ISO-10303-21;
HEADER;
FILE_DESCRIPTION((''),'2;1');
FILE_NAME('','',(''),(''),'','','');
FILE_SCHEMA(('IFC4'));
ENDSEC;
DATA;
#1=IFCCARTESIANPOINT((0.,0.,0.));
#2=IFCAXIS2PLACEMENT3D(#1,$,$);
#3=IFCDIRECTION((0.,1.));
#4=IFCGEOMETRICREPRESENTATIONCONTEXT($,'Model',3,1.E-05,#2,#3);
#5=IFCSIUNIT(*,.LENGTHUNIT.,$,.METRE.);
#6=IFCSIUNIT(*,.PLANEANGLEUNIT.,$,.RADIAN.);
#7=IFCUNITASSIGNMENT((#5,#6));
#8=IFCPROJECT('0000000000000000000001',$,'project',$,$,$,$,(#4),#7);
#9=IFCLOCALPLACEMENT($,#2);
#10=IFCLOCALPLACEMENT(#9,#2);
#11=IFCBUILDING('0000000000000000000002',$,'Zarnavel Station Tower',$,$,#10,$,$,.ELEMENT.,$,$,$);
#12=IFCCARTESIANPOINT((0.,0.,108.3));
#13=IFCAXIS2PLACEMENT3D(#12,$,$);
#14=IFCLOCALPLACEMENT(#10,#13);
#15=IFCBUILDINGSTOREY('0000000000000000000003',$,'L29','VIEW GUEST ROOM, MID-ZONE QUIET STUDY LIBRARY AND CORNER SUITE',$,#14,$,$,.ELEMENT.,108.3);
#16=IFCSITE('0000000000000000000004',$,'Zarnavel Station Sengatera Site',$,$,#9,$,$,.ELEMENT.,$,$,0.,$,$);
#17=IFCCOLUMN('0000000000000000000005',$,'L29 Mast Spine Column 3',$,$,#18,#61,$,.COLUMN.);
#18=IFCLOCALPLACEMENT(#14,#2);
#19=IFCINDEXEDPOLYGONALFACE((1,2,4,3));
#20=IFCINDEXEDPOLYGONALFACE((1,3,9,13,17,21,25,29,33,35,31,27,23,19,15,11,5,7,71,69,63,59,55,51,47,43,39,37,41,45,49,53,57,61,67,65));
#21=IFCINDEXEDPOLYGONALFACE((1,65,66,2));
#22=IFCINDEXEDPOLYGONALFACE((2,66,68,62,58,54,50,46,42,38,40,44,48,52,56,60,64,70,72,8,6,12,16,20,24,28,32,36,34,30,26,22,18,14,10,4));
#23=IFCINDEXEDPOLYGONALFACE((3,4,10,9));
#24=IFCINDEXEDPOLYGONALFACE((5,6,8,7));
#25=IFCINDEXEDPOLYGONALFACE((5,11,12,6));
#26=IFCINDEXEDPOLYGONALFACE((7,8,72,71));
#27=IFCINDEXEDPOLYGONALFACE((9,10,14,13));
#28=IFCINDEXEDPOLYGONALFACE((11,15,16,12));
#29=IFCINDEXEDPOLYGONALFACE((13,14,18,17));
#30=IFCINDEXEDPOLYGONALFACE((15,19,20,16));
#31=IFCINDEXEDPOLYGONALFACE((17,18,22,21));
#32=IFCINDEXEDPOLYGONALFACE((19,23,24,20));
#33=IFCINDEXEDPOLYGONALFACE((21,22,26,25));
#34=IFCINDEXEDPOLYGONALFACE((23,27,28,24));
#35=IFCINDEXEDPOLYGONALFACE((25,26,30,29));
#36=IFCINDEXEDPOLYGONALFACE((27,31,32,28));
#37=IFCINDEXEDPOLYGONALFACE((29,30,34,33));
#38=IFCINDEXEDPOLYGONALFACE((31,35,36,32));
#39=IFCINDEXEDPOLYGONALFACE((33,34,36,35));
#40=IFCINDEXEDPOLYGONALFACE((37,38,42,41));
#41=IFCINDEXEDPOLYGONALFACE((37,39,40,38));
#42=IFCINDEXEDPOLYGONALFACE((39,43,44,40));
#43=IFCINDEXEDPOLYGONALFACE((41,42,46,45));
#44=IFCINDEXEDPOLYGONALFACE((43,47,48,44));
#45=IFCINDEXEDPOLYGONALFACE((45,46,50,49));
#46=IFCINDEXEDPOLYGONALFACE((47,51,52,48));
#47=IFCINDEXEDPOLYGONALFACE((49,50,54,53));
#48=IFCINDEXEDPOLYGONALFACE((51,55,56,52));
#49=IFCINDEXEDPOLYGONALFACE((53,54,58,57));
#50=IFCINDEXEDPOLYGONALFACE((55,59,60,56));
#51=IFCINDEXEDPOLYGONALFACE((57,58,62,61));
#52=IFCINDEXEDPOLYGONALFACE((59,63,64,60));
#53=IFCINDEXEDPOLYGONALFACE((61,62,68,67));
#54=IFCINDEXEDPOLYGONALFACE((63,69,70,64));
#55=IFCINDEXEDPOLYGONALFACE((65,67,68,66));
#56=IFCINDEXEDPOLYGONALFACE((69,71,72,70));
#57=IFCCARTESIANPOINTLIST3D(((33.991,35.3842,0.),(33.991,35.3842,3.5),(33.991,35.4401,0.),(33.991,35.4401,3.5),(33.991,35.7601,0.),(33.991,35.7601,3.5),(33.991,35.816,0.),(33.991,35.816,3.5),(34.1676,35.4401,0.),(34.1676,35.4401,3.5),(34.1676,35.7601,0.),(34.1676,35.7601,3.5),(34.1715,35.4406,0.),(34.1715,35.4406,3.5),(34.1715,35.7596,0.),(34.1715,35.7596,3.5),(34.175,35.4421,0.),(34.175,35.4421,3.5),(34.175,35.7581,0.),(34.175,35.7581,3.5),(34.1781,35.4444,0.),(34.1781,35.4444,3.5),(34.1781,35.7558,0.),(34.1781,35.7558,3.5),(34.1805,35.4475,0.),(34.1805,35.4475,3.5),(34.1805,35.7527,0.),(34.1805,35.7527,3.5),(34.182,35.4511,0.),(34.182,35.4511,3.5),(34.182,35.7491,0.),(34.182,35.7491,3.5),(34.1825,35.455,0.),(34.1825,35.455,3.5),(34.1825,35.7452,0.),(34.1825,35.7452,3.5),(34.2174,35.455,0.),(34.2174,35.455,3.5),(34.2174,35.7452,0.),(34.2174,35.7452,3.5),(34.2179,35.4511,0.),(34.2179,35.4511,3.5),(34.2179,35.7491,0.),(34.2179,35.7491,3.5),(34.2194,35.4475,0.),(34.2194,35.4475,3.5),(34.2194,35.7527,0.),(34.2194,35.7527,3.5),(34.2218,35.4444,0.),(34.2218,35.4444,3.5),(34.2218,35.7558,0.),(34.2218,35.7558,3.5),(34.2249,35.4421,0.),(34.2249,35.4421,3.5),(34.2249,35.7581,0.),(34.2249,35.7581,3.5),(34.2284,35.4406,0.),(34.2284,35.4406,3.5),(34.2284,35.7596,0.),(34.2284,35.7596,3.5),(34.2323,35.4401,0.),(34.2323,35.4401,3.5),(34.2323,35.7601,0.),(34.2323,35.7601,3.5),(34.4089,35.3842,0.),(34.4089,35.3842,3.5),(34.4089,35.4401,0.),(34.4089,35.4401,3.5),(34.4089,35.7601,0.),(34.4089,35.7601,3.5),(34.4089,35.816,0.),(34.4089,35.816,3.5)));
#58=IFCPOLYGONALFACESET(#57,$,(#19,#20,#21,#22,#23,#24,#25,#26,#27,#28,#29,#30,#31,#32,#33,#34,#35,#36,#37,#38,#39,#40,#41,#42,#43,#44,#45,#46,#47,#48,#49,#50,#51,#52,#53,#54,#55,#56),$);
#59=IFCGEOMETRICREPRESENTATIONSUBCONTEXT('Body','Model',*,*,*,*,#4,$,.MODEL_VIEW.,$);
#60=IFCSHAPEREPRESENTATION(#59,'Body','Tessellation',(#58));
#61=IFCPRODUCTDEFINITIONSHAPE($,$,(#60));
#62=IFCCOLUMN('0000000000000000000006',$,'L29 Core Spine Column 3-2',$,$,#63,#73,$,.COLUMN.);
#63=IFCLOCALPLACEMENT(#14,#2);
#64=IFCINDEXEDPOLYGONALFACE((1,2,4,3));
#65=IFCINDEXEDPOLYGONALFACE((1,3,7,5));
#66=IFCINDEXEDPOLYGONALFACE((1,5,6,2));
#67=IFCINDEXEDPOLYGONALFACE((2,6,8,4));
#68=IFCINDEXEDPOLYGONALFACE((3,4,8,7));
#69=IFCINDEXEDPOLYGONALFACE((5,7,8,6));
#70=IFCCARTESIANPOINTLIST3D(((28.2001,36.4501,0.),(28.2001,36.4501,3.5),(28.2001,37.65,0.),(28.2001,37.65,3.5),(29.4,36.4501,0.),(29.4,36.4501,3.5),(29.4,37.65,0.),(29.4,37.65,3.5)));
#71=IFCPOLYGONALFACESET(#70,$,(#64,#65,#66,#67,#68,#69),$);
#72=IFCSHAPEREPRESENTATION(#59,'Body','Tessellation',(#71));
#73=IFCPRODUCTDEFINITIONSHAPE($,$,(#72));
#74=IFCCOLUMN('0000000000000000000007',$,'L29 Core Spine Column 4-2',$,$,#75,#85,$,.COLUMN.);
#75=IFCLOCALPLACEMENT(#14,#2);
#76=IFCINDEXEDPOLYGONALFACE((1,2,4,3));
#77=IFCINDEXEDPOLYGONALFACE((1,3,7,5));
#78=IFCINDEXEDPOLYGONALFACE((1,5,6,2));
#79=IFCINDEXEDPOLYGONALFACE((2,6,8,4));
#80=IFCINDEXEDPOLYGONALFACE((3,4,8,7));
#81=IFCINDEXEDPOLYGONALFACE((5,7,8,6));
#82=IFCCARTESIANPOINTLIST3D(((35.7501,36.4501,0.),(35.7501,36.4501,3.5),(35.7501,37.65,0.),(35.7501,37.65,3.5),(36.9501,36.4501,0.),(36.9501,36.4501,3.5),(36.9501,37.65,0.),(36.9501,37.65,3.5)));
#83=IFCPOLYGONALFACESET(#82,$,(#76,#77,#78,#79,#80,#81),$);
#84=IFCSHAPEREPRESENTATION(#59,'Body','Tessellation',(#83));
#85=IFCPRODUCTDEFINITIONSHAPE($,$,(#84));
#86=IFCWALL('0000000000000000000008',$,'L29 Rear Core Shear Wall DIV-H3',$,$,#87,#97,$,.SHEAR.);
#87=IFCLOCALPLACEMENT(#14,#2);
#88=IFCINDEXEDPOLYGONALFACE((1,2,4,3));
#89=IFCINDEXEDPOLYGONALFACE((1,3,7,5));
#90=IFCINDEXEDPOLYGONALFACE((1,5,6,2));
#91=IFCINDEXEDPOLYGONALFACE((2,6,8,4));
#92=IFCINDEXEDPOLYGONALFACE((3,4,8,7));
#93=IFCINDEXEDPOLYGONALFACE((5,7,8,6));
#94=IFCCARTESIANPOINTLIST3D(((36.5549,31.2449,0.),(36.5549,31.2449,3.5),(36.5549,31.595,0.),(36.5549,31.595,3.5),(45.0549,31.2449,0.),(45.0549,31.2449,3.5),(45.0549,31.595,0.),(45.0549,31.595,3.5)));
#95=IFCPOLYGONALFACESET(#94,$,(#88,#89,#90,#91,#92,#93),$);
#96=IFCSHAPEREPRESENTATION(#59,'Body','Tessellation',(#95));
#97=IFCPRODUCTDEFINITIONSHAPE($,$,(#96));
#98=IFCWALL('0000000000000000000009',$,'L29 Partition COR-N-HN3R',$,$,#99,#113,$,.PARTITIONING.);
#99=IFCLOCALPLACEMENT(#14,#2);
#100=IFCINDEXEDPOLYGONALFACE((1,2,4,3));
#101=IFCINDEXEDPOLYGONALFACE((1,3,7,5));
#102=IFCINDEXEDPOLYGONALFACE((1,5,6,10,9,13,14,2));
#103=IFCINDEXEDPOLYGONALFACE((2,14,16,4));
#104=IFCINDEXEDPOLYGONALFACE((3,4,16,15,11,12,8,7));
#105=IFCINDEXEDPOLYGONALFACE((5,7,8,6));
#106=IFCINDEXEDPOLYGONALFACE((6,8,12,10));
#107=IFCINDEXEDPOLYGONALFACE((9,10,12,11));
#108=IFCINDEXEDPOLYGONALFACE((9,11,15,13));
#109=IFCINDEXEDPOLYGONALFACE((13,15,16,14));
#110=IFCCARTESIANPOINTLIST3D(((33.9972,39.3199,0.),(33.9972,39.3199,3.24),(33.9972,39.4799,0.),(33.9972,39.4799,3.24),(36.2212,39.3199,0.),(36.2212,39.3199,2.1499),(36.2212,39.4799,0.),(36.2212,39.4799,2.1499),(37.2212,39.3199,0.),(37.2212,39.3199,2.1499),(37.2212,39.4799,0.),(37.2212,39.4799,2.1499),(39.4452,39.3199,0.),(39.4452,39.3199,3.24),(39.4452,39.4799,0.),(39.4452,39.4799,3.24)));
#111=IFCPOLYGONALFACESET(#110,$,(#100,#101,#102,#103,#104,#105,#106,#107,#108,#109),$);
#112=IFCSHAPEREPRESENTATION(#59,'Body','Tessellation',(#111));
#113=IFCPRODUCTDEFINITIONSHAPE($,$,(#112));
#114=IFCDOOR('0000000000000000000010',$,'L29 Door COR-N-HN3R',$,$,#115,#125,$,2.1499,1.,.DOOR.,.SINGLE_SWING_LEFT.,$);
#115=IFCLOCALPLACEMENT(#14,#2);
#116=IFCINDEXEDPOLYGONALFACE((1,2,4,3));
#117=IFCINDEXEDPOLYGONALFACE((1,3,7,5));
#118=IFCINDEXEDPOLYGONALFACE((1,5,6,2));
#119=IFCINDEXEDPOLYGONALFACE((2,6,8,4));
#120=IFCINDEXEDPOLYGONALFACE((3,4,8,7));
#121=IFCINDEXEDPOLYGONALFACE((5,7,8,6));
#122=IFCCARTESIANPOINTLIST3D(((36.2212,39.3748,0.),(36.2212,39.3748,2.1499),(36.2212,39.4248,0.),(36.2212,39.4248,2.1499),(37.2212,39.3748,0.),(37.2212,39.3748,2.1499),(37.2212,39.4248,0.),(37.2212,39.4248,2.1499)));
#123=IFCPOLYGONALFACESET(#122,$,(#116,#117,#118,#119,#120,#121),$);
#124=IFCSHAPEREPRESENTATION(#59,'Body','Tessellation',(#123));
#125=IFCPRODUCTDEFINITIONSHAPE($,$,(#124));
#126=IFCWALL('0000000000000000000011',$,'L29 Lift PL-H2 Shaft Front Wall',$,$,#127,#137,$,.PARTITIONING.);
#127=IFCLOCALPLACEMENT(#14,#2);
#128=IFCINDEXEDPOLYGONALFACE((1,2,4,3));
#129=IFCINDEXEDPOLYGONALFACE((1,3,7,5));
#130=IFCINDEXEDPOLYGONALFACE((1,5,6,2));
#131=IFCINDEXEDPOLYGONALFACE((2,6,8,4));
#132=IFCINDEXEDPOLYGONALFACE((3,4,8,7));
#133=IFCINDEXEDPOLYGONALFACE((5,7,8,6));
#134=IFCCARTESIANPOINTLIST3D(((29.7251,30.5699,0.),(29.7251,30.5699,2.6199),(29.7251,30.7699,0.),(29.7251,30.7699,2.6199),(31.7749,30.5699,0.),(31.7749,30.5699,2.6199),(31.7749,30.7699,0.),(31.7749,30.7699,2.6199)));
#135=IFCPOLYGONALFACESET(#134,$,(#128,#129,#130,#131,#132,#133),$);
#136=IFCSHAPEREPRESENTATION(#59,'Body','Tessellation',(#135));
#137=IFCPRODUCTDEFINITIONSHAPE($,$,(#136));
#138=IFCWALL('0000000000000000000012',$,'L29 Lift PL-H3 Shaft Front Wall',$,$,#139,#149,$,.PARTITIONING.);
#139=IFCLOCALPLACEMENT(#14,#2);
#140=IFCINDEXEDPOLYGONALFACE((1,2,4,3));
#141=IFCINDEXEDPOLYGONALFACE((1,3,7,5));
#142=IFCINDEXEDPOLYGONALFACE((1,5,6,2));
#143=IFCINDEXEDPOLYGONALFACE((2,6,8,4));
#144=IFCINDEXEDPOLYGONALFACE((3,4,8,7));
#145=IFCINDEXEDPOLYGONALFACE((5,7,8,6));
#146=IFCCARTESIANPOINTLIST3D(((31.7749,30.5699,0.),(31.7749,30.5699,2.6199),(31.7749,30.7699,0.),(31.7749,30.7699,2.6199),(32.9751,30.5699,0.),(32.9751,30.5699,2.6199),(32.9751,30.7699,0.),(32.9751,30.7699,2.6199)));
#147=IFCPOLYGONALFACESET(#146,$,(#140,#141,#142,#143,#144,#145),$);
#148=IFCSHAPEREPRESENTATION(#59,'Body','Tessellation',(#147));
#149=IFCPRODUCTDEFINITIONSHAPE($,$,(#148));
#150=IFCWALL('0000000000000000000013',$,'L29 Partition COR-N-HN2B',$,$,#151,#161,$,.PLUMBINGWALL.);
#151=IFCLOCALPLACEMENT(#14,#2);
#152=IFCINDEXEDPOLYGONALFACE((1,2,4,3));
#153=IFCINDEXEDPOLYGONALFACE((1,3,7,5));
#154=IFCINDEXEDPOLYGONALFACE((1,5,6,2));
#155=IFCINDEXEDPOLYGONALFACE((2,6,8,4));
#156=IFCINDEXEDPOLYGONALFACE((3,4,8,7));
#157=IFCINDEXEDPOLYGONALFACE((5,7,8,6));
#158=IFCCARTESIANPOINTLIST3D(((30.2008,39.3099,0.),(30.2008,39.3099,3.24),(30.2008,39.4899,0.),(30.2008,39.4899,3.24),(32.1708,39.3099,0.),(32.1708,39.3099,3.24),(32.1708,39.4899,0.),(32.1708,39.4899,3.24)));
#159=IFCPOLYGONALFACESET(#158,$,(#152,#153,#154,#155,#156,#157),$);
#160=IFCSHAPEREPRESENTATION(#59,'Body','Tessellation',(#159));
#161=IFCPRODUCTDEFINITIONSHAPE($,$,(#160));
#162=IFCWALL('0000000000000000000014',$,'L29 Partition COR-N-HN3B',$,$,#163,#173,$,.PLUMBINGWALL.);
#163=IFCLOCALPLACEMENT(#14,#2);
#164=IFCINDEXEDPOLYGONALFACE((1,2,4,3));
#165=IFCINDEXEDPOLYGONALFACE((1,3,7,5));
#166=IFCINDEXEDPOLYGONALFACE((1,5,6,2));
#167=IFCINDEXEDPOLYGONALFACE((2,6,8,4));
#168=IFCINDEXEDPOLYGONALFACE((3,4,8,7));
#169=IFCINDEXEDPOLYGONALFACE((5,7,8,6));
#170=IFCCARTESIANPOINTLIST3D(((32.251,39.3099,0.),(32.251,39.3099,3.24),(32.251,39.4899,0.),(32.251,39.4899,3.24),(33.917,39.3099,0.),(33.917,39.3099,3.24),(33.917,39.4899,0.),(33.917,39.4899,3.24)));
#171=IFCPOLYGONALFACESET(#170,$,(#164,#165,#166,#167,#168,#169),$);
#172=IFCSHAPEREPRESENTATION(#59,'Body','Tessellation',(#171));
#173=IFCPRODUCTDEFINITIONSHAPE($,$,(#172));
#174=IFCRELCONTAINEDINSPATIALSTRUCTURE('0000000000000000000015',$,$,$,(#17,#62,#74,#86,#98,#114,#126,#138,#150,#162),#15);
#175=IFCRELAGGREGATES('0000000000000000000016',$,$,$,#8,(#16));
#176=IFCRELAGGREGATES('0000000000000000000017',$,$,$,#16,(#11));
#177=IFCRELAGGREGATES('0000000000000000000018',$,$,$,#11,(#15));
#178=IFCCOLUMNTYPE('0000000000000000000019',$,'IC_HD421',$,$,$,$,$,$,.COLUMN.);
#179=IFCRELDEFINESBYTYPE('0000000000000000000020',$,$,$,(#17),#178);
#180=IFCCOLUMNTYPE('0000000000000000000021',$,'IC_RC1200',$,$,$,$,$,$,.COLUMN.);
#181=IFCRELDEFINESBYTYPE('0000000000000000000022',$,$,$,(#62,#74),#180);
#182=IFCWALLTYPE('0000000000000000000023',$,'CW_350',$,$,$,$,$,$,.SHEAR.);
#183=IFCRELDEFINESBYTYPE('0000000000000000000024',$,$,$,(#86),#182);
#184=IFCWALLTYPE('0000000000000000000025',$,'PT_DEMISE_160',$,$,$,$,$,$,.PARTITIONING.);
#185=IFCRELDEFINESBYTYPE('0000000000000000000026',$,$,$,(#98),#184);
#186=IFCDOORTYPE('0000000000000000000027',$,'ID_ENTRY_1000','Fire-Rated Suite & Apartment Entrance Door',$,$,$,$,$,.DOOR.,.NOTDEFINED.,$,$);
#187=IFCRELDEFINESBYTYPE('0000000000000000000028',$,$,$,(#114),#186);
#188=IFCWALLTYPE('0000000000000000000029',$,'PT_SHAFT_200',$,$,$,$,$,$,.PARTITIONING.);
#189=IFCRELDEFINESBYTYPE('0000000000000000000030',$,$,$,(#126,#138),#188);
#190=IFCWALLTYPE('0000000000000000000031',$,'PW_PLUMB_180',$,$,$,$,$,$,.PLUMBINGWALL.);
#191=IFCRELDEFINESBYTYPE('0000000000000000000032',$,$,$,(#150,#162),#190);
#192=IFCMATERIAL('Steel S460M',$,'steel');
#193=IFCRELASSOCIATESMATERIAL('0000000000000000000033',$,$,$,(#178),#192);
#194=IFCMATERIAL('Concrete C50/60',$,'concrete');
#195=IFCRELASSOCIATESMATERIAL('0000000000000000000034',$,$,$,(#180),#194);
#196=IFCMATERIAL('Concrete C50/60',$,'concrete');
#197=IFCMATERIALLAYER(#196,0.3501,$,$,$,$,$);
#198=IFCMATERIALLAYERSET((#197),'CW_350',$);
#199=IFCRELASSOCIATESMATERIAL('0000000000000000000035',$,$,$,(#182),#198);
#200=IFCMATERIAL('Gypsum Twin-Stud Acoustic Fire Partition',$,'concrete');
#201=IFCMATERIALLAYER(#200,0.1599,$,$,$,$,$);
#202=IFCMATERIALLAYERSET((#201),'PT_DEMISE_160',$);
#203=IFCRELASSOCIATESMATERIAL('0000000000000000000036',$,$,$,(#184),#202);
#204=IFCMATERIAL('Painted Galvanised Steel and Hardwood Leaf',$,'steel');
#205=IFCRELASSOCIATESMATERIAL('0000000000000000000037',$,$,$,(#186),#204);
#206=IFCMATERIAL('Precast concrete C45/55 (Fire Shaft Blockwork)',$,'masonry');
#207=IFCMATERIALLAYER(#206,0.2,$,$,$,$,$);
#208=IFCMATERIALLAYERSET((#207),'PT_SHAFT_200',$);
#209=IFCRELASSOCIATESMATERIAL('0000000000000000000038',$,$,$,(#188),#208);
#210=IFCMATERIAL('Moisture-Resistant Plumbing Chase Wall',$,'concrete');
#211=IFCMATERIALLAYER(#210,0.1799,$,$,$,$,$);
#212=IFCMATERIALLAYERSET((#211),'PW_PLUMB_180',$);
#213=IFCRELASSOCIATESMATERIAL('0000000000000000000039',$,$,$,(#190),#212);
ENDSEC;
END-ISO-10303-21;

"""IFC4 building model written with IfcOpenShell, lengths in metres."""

from ifc_helpers import new_model, si_unit, direction, frame, frame_2d, origin, origin_2d, place, context, subcontext, project, spatial, rectangle, i_section, extrude, material, layer, layer_set, material_profile, profile_set, type_object, element, fill, save


model = new_model("IFC4")

# Units and contexts
model_context = context("Model", 3, precision=1e-05, world=origin(), true_north=direction((0.0, 1.0)))
body_context = subcontext(model_context, "Body", "Model", "MODEL_VIEW")
ifc_project = project(units=[si_unit("LENGTHUNIT", "METRE"), si_unit("PLANEANGLEUNIT", "RADIAN")], contexts=[model_context])

# Site, building, storey
site_placement = place(None, origin())
site = spatial("IfcSite", under=ifc_project, at=site_placement, Name="Zarnavel Station Sengatera Site", CompositionType="ELEMENT", RefElevation=0.0)
building_placement = place(site_placement, origin())
building = spatial("IfcBuilding", under=site, at=building_placement, Name="Zarnavel Station Tower", CompositionType="ELEMENT")
storey_placement = place(building_placement, frame((0.0, 0.0, 108.3)))
storey = spatial("IfcBuildingStorey", under=building, at=storey_placement, Name="L29", Description="VIEW GUEST ROOM, MID-ZONE QUIET STUDY LIBRARY AND CORNER SUITE", CompositionType="ELEMENT", Elevation=108.3)

# Columns
ifc_material_1 = material(Name="Steel S460M", Category="steel")
ifc_material_profile_1 = material_profile(ifc_material_1, i_section(OverallWidth=0.418, OverallDepth=0.4319, WebThickness=0.0349, FlangeThickness=0.0559, FilletRadius=0.0149, at=origin_2d()), Name="HD400x421")
ifc_profile_set_1 = profile_set([ifc_material_profile_1], Name="Steel S460M")
column_type_1 = type_object("IfcColumnType", Name="IC_HD421", PredefinedType="COLUMN", material=ifc_profile_set_1)
column_placement = place(storey_placement, frame((34.2, 35.6001, 0.0), z_axis=(0.0, 0.0, 1.0), x_axis=(1.0, 0.0, 0.0)))
element("IfcColumn", 1, at=column_placement, inside=storey, type_object=column_type_1, Name="L29 Mast Spine Column 3", PredefinedType="COLUMN", context=body_context, shape_type="SweptSolid", body=[
    extrude(i_section(OverallWidth=0.418, OverallDepth=0.4319, WebThickness=0.0349, FlangeThickness=0.0559, FilletRadius=0.0149, at=origin_2d()), origin(), (0.0, 0.0, 1.0), 3.5),
])
ifc_material_2 = material(Name="Concrete C50/60", Category="concrete")
ifc_material_profile_2 = material_profile(ifc_material_2, rectangle(XDim=1.2, YDim=1.2, at=origin_2d()), Name="RC1200x1200")
ifc_profile_set_2 = profile_set([ifc_material_profile_2], Name="Concrete C50/60")
column_type_2 = type_object("IfcColumnType", Name="IC_RC1200", PredefinedType="COLUMN", material=ifc_profile_set_2)
for number, where, z_axis, x_axis, name in (
    (2, (28.8, 37.05, 0.0), (0.0, 0.0, 1.0), (1.0, 0.0, 0.0), "L29 Core Spine Column 3-2"),
    (3, (36.3501, 37.05, 0.0), (0.0, 0.0, 1.0), (1.0, 0.0, 0.0), "L29 Core Spine Column 4-2"),
):
    element("IfcColumn", number, at=place(storey_placement, frame(where, z_axis=z_axis, x_axis=x_axis)), inside=storey, type_object=column_type_2, Name=name, PredefinedType="COLUMN", context=body_context, shape_type="SweptSolid", body=[
        extrude(rectangle(XDim=1.2, YDim=1.2, at=origin_2d()), origin(), (0.0, 0.0, 1.0), 3.5),
    ])

# Wall
ifc_material_3 = material(Name="Concrete C50/60", Category="concrete")
ifc_layer_1 = layer(ifc_material_3, 0.3501)
ifc_layer_set_1 = layer_set([ifc_layer_1], Name="CW_350")
wall_type_1 = type_object("IfcWallType", Name="CW_350", PredefinedType="SHEAR", material=ifc_layer_set_1)
wall_1_placement = place(storey_placement, frame((36.5549, 31.4199, 0.0), z_axis=(0.0, 0.0, 1.0), x_axis=(1.0, 0.0, 0.0)))
element("IfcWall", 4, at=wall_1_placement, inside=storey, type_object=wall_type_1, Name="L29 Rear Core Shear Wall DIV-H3", PredefinedType="SHEAR", context=body_context, shape_type="SweptSolid", body=[
    extrude(rectangle(XDim=8.5, YDim=0.3501, at=frame_2d((4.25, 0.0))), origin(), (0.0, 0.0, 1.0), 3.5),
])

# Wall, opening, door
ifc_material_4 = material(Name="Gypsum Twin-Stud Acoustic Fire Partition", Category="concrete")
ifc_layer_2 = layer(ifc_material_4, 0.1599)
ifc_layer_set_2 = layer_set([ifc_layer_2], Name="PT_DEMISE_160")
wall_type_2 = type_object("IfcWallType", Name="PT_DEMISE_160", PredefinedType="PARTITIONING", material=ifc_layer_set_2)
wall_2_placement = place(storey_placement, frame((33.9971, 39.3999, 0.0), z_axis=(0.0, 0.0, 1.0), x_axis=(1.0, 0.0, 0.0)))
wall_2 = element("IfcWall", 5, at=wall_2_placement, inside=storey, type_object=wall_type_2, Name="L29 Partition COR-N-HN3R", PredefinedType="PARTITIONING", context=body_context, shape_type="SweptSolid", body=[
    extrude(rectangle(XDim=5.448, YDim=0.1599, at=frame_2d((2.7241, 0.0))), origin(), (0.0, 0.0, 1.0), 3.24),
])
opening_1_placement = place(wall_2_placement, frame((2.2241, 0.0, 0.0)))
opening_1 = element("IfcOpeningElement", 6, at=opening_1_placement, cuts=wall_2, PredefinedType="OPENING", context=body_context, shape_type="SweptSolid", body=[
    extrude(rectangle(XDim=1.0, YDim=2.1499, at=frame_2d((0.5, 1.075))), frame((0.0, 0.0898, 0.0), z_axis=(0.0, -1.0, 0.0), x_axis=(1.0, 0.0, 0.0)), (0.0, 0.0, 1.0), 0.1799),
])
ifc_material_5 = material(Name="Painted Galvanised Steel and Hardwood Leaf", Category="steel")
door_type_1 = type_object("IfcDoorType", Name="ID_ENTRY_1000", Description="Fire-Rated Suite & Apartment Entrance Door", OperationType="NOTDEFINED", PredefinedType="DOOR", material=ifc_material_5)
door_1_placement = place(opening_1_placement, origin())
door_1 = element("IfcDoor", 7, at=door_1_placement, inside=storey, type_object=door_type_1, Name="L29 Door COR-N-HN3R", OperationType="SINGLE_SWING_LEFT", OverallHeight=2.1499, OverallWidth=1.0, PredefinedType="DOOR", context=body_context, shape_type="SweptSolid", body=[
    extrude(rectangle(XDim=1.0, YDim=2.1499, at=frame_2d((0.5, 1.075))), frame((0.0, 0.0249, 0.0), z_axis=(0.0, -1.0, 0.0), x_axis=(1.0, 0.0, 0.0)), (0.0, 0.0, 1.0), 0.05),
])
fill(opening_1, door_1)
ifc_material_6 = material(Name="Precast concrete C45/55 (Fire Shaft Blockwork)", Category="masonry")
ifc_layer_3 = layer(ifc_material_6, 0.2)
ifc_layer_set_3 = layer_set([ifc_layer_3], Name="PT_SHAFT_200")
wall_type_3 = type_object("IfcWallType", Name="PT_SHAFT_200", PredefinedType="PARTITIONING", material=ifc_layer_set_3)

# Walls
wall_3_placement = place(storey_placement, frame((29.7251, 30.6699, 0.0), z_axis=(0.0, 0.0, 1.0), x_axis=(1.0, 0.0, 0.0)))
element("IfcWall", 8, at=wall_3_placement, inside=storey, type_object=wall_type_3, Name="L29 Lift PL-H2 Shaft Front Wall", PredefinedType="PARTITIONING", context=body_context, shape_type="SweptSolid", body=[
    extrude(rectangle(XDim=2.0498, YDim=0.2, at=frame_2d((1.0249, 0.0))), origin(), (0.0, 0.0, 1.0), 2.6199),
])
wall_4_placement = place(storey_placement, frame((31.7749, 30.6699, 0.0), z_axis=(0.0, 0.0, 1.0), x_axis=(1.0, 0.0, 0.0)))
element("IfcWall", 9, at=wall_4_placement, inside=storey, type_object=wall_type_3, Name="L29 Lift PL-H3 Shaft Front Wall", PredefinedType="PARTITIONING", context=body_context, shape_type="SweptSolid", body=[
    extrude(rectangle(XDim=1.2002, YDim=0.2, at=frame_2d((0.6001, 0.0))), origin(), (0.0, 0.0, 1.0), 2.6199),
])

# Walls
ifc_material_7 = material(Name="Moisture-Resistant Plumbing Chase Wall", Category="concrete")
ifc_layer_4 = layer(ifc_material_7, 0.1799)
ifc_layer_set_4 = layer_set([ifc_layer_4], Name="PW_PLUMB_180")
wall_type_4 = type_object("IfcWallType", Name="PW_PLUMB_180", PredefinedType="PLUMBINGWALL", material=ifc_layer_set_4)
wall_5_placement = place(storey_placement, frame((30.2009, 39.3999, 0.0), z_axis=(0.0, 0.0, 1.0), x_axis=(1.0, 0.0, 0.0)))
element("IfcWall", 10, at=wall_5_placement, inside=storey, type_object=wall_type_4, Name="L29 Partition COR-N-HN2B", PredefinedType="PLUMBINGWALL", context=body_context, shape_type="SweptSolid", body=[
    extrude(rectangle(XDim=1.97, YDim=0.1799, at=frame_2d((0.9849, 0.0))), origin(), (0.0, 0.0, 1.0), 3.24),
])
wall_6_placement = place(storey_placement, frame((32.251, 39.3999, 0.0), z_axis=(0.0, 0.0, 1.0), x_axis=(1.0, 0.0, 0.0)))
element("IfcWall", 11, at=wall_6_placement, inside=storey, type_object=wall_type_4, Name="L29 Partition COR-N-HN3B", PredefinedType="PLUMBINGWALL", context=body_context, shape_type="SweptSolid", body=[
    extrude(rectangle(XDim=1.666, YDim=0.1799, at=frame_2d((0.833, 0.0))), origin(), (0.0, 0.0, 1.0), 3.24),
])

save(model, "model.ifc")
